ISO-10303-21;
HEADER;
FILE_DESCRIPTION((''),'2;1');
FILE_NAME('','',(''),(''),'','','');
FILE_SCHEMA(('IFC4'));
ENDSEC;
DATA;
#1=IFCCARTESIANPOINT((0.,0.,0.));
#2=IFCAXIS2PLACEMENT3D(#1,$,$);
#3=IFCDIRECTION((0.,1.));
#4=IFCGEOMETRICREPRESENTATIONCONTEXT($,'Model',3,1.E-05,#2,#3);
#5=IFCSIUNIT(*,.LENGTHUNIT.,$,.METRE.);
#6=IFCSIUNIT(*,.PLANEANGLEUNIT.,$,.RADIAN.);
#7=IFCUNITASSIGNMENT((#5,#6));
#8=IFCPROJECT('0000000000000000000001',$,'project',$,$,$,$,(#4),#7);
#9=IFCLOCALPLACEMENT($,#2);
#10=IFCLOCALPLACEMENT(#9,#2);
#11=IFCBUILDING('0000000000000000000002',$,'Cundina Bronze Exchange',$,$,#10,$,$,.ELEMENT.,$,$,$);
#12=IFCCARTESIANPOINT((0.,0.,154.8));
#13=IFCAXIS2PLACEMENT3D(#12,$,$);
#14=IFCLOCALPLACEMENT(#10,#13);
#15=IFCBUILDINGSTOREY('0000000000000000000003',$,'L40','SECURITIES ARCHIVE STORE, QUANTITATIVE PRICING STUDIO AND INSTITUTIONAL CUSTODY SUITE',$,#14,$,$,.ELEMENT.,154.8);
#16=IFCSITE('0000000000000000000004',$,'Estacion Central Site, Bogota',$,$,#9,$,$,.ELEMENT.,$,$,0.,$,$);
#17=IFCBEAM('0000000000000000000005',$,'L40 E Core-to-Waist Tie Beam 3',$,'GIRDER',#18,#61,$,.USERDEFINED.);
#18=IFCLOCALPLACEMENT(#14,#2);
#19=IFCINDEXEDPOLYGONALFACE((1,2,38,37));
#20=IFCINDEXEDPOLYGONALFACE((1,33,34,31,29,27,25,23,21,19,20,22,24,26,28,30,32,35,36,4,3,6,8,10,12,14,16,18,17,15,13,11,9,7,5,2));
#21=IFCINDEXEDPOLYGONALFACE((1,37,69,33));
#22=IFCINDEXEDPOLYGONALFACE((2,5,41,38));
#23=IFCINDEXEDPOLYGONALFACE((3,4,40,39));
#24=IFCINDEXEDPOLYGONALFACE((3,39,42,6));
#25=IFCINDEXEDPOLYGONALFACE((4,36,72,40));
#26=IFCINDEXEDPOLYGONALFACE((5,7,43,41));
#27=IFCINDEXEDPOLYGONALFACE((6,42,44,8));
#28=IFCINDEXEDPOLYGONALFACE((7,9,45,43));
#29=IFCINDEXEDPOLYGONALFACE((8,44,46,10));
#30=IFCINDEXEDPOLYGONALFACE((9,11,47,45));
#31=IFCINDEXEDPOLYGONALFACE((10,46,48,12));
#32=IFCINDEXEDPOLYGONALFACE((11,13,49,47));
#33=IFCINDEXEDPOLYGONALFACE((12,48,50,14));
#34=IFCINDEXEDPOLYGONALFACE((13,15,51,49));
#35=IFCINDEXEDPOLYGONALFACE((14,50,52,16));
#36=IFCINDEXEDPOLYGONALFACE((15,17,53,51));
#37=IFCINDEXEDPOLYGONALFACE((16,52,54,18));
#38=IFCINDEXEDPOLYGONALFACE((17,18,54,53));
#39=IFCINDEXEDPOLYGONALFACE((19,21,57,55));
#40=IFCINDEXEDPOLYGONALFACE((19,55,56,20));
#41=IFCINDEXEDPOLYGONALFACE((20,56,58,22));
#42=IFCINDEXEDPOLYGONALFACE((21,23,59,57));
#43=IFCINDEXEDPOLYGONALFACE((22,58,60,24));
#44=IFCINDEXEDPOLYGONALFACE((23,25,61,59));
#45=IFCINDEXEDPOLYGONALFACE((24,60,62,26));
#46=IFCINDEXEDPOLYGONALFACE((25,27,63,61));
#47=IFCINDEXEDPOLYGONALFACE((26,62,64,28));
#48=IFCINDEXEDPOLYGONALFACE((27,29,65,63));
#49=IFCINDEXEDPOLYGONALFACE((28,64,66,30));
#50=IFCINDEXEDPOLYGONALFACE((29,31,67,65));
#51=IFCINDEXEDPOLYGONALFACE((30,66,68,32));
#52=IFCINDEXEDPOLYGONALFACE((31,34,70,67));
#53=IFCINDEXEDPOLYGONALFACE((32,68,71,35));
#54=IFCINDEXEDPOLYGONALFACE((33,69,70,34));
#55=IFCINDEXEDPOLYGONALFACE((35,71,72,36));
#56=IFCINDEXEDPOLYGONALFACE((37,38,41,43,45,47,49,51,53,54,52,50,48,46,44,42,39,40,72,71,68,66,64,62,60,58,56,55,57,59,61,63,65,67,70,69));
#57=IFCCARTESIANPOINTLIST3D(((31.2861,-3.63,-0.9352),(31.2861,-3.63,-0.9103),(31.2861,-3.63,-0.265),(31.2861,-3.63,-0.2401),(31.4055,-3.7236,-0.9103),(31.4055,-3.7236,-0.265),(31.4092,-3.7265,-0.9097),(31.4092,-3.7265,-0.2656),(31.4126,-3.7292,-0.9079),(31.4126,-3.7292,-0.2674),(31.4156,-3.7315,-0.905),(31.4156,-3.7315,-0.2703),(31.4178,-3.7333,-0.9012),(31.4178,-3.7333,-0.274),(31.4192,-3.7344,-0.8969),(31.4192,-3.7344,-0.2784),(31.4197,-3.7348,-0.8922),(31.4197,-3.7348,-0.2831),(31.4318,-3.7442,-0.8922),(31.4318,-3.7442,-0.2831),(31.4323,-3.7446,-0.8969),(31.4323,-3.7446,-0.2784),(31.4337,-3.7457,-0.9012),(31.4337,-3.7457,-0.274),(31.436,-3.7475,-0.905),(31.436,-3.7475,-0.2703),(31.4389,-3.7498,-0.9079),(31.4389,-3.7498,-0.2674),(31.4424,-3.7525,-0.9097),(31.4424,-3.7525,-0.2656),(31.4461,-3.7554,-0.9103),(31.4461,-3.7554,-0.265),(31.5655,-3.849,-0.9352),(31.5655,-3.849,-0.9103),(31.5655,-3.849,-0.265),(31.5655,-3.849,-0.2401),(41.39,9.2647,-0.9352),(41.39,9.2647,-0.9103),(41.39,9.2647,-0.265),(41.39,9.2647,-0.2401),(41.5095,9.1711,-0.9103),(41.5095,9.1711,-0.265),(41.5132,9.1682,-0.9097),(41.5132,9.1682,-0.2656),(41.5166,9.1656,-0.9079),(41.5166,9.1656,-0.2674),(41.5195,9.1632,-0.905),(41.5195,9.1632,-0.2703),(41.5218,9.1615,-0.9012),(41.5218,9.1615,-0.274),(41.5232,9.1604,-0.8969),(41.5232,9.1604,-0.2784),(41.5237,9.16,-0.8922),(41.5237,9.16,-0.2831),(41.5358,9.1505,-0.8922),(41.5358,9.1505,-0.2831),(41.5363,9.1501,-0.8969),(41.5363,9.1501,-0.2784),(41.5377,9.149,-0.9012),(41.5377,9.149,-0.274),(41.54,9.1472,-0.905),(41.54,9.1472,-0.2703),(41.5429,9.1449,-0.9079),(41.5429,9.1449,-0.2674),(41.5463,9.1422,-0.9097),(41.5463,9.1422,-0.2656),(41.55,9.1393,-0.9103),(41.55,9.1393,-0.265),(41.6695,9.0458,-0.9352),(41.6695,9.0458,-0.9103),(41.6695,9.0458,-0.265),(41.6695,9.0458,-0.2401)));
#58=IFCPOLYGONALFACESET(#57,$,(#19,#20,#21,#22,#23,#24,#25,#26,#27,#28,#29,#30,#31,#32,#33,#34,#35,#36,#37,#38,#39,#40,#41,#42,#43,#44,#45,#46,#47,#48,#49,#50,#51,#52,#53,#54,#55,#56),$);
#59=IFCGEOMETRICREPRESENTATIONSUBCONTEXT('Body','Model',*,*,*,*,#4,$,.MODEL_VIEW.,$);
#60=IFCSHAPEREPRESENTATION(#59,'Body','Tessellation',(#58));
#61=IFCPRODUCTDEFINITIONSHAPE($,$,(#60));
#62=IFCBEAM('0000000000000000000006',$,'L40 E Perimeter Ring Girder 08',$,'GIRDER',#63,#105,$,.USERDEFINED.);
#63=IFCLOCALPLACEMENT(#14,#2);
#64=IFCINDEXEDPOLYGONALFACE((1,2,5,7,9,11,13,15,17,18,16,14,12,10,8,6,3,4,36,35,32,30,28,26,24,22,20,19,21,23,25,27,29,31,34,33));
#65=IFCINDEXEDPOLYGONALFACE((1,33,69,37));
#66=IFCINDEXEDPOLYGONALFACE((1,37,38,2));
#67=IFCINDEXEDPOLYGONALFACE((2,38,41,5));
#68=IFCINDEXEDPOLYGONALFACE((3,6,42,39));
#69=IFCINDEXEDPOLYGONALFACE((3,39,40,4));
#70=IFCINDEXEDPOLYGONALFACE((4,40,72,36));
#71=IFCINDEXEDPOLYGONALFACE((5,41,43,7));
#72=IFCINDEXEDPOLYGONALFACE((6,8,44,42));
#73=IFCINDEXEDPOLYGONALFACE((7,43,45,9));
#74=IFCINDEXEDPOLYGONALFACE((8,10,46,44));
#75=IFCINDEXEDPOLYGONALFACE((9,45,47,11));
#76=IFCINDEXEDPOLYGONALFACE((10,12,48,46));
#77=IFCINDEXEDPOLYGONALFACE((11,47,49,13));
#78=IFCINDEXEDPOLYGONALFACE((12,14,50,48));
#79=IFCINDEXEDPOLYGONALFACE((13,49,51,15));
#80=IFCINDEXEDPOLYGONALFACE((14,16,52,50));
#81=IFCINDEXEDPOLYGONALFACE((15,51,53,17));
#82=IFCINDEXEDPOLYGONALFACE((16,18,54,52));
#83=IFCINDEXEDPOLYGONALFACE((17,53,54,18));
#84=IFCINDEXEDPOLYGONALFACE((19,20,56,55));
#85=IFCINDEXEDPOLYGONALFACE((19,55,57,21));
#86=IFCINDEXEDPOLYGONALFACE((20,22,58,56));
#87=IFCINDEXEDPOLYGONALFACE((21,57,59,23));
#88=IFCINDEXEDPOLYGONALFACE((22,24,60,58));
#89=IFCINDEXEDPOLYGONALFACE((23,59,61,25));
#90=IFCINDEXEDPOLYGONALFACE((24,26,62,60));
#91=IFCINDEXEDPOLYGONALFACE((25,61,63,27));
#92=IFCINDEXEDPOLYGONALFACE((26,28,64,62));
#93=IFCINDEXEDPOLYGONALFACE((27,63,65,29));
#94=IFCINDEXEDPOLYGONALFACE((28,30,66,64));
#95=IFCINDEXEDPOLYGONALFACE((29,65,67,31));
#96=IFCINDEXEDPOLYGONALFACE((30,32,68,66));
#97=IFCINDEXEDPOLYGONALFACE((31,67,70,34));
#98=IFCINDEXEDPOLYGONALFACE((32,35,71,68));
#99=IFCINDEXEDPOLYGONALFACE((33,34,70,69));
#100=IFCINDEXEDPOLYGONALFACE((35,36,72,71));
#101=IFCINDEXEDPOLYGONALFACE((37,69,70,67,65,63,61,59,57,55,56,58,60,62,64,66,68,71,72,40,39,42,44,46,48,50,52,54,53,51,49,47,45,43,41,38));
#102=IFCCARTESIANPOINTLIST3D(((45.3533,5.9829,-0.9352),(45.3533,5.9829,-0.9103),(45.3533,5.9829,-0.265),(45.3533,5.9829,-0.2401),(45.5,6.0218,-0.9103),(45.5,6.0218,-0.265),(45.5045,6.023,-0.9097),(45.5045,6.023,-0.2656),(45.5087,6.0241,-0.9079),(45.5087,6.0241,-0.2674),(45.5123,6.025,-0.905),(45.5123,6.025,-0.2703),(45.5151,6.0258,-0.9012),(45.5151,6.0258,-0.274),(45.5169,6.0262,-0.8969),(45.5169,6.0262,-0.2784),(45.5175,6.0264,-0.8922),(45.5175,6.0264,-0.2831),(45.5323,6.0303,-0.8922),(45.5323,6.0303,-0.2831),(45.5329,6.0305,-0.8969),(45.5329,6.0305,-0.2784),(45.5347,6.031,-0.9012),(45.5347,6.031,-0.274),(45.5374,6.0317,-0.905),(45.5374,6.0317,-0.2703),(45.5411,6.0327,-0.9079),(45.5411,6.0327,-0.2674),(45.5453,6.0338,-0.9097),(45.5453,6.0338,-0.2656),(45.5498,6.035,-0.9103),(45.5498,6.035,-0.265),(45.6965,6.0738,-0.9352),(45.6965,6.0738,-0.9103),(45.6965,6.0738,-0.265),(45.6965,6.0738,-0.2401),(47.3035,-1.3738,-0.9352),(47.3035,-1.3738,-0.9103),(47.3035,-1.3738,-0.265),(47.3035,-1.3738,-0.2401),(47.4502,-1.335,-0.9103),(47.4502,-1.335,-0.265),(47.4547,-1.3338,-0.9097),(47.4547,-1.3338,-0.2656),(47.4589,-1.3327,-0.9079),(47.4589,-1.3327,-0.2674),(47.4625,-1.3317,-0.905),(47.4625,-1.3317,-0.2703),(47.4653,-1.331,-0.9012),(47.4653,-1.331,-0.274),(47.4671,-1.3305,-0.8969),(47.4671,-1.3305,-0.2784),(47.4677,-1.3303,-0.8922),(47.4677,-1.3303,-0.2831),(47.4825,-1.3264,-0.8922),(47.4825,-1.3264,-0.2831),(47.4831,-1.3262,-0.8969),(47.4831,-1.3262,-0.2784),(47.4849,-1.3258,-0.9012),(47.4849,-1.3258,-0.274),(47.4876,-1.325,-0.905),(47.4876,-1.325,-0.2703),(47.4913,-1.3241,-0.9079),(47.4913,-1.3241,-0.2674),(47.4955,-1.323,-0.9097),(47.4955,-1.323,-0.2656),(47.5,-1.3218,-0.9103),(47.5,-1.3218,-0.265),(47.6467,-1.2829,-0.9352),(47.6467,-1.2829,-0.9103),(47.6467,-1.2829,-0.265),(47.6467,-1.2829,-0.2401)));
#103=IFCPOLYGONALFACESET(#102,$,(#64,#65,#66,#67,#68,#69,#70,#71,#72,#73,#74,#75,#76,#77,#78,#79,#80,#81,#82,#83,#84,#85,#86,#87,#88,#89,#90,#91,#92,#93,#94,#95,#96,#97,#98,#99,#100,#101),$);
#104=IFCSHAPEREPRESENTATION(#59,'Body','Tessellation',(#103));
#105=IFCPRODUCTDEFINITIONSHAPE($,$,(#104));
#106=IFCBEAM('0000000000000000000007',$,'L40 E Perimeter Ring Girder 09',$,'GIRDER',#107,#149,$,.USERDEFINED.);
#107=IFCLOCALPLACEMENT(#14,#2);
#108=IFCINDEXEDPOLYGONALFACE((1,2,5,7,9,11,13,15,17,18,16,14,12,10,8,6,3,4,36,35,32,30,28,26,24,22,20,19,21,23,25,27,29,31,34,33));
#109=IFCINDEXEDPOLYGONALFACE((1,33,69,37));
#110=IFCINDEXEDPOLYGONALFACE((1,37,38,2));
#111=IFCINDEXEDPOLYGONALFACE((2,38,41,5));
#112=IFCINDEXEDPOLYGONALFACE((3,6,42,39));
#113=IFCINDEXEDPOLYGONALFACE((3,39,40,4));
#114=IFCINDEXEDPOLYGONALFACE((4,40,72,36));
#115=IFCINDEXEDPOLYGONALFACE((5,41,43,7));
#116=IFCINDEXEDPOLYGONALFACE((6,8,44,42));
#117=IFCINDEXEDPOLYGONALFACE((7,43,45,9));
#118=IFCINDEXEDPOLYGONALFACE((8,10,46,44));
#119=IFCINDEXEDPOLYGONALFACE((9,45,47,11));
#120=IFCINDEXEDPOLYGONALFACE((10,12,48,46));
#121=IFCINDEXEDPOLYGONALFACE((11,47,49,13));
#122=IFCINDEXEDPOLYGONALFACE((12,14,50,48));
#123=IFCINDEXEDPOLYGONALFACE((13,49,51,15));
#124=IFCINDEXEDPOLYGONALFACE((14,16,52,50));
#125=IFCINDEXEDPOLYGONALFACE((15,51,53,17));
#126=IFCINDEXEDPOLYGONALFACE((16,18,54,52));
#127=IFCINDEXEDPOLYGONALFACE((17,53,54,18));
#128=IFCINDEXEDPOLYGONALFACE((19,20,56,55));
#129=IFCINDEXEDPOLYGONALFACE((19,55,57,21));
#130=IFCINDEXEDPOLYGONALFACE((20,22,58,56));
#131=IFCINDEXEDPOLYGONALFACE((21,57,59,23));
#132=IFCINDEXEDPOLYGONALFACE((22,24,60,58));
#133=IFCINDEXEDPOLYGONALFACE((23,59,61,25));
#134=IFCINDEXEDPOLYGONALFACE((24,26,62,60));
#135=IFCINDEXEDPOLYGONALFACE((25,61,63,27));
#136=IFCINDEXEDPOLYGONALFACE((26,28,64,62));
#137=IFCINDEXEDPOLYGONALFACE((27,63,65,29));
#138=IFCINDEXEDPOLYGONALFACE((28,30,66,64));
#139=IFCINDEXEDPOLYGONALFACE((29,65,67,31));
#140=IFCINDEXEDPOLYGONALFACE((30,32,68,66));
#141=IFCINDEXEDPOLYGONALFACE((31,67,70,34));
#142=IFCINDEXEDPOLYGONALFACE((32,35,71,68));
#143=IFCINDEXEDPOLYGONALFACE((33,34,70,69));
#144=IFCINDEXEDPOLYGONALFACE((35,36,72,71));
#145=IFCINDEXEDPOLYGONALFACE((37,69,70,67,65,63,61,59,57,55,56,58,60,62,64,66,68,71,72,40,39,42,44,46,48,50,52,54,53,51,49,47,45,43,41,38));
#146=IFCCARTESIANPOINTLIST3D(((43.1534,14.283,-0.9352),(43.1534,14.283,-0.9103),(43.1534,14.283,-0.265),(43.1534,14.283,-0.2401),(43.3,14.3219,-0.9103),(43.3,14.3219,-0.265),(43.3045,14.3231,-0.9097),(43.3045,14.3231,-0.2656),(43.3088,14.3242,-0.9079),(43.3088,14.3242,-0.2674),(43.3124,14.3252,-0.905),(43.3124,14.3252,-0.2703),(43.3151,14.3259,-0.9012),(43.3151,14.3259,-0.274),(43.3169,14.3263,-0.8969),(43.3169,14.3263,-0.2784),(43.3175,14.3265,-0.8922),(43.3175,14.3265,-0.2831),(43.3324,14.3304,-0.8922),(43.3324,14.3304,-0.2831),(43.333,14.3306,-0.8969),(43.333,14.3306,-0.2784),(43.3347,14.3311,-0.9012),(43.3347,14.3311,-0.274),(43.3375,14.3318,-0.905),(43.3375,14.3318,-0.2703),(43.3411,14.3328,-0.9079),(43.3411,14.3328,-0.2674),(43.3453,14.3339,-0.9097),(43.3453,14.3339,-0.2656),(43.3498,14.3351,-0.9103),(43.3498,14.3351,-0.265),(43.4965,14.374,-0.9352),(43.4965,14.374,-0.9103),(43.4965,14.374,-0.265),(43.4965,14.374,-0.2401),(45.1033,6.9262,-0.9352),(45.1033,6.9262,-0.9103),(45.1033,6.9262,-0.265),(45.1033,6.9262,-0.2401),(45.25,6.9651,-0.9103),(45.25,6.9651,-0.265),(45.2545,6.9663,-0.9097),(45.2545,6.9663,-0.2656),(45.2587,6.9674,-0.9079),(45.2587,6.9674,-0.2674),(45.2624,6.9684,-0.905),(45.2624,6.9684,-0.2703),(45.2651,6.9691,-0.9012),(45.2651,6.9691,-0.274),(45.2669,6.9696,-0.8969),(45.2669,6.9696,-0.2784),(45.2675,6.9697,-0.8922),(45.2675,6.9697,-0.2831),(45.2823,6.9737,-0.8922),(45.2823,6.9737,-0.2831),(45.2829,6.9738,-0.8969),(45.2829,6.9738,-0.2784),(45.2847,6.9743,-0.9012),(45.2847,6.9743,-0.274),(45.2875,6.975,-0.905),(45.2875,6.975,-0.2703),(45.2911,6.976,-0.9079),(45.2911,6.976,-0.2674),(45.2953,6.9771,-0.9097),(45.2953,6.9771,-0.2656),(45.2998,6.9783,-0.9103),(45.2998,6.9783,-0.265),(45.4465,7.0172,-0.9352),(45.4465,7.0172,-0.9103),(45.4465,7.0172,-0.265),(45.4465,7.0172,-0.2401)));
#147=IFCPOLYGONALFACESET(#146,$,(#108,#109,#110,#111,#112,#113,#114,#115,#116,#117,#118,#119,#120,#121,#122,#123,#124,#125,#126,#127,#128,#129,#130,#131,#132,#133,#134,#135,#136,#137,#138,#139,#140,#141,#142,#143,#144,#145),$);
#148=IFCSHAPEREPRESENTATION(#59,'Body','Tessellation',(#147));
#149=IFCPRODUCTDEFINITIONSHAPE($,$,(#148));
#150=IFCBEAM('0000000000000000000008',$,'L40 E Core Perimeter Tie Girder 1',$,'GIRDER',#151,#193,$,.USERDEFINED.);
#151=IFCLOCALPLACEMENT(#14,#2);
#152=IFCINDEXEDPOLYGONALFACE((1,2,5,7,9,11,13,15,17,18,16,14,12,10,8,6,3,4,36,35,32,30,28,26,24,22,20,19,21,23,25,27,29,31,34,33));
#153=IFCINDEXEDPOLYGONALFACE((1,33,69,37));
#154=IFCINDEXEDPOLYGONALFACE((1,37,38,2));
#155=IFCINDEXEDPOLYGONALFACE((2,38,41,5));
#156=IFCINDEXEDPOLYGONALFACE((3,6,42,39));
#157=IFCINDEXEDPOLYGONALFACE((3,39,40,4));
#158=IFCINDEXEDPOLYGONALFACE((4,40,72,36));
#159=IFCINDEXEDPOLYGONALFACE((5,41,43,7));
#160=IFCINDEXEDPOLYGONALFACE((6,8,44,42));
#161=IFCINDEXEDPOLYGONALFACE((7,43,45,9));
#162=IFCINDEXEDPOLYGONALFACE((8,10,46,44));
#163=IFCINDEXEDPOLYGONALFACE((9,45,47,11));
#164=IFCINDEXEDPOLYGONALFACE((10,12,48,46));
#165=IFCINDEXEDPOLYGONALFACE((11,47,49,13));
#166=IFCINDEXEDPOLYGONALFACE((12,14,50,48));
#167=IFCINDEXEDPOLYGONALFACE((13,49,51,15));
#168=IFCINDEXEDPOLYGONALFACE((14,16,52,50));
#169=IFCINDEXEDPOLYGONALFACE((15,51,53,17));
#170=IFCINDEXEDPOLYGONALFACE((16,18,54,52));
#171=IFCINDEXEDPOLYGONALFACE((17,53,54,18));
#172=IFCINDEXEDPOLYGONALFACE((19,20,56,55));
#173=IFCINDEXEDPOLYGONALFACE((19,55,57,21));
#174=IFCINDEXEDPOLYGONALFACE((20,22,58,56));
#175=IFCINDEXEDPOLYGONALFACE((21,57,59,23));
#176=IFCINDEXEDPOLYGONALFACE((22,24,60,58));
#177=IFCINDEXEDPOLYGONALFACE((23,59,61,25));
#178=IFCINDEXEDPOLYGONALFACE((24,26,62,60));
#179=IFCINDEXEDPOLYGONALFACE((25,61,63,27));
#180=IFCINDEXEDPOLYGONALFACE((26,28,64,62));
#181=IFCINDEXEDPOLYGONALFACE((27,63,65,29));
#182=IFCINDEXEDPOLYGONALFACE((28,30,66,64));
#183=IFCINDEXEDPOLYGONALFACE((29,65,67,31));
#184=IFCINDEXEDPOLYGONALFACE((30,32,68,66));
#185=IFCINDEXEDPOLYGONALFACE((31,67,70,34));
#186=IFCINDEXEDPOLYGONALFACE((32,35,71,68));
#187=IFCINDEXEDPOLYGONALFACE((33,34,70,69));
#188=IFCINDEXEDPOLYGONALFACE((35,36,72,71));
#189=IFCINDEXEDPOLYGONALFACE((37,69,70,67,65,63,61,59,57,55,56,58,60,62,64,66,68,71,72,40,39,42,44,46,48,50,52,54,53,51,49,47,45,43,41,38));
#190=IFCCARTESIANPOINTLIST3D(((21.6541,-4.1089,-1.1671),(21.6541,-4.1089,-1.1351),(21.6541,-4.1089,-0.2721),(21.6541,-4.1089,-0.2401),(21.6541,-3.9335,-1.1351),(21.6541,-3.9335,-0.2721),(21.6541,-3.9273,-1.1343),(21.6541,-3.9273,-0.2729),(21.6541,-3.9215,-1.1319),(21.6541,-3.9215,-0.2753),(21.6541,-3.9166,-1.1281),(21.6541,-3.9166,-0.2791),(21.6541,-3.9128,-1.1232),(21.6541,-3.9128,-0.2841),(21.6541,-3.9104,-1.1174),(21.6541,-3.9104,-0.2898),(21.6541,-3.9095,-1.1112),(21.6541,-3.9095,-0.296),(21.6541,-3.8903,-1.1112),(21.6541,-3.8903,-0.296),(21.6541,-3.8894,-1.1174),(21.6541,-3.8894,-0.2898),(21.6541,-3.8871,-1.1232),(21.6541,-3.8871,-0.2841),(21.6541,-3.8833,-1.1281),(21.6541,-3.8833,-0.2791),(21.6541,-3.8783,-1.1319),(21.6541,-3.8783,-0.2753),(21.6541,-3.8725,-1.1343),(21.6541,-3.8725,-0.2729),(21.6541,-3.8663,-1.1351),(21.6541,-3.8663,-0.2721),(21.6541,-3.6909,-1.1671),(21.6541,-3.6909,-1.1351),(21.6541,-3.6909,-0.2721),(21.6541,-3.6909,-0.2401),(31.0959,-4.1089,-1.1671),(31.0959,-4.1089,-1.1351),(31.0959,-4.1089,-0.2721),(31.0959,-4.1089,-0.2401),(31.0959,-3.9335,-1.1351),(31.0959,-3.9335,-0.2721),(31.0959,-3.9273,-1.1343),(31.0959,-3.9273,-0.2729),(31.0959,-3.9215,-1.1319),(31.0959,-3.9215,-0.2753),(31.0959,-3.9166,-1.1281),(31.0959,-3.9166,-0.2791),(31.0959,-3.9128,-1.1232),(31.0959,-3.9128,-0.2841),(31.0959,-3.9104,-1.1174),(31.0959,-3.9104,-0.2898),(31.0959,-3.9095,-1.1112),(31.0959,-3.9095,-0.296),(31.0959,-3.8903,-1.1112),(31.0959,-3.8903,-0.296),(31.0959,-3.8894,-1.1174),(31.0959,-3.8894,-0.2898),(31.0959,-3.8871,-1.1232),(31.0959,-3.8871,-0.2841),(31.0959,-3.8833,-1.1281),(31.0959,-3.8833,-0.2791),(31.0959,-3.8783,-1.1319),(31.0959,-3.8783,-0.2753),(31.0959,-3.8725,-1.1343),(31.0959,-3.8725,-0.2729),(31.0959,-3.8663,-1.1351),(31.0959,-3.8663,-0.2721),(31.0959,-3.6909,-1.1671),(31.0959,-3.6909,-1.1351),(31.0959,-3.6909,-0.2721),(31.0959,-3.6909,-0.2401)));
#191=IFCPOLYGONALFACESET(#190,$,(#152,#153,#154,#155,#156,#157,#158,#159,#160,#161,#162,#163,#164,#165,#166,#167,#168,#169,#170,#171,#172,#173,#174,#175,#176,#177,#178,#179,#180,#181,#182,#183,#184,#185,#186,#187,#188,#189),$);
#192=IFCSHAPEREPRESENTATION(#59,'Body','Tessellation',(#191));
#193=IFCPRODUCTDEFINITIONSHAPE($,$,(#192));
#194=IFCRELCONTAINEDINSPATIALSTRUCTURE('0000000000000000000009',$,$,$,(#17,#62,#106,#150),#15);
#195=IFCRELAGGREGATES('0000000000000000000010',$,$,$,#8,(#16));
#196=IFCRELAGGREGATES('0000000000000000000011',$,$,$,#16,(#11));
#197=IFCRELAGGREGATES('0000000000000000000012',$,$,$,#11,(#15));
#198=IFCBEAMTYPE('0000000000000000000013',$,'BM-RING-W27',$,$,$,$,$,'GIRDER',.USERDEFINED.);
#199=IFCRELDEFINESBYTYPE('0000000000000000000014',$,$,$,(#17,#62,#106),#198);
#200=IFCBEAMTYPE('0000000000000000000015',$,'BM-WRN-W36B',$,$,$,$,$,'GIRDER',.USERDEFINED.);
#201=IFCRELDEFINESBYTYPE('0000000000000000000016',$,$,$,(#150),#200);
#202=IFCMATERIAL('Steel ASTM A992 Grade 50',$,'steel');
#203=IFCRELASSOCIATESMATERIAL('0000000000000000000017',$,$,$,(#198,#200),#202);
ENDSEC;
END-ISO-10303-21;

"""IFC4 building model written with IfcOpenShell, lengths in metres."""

from ifc_helpers import new_model, si_unit, direction, frame, origin, origin_2d, place, context, subcontext, project, spatial, i_section, extrude, material, material_profile, profile_set, type_object, element, save


model = new_model("IFC4")

# Units and contexts
model_context = context("Model", 3, precision=1e-05, world=origin(), true_north=direction((0.0, 1.0)))
body_context = subcontext(model_context, "Body", "Model", "MODEL_VIEW")
ifc_project = project(units=[si_unit("LENGTHUNIT", "METRE"), si_unit("PLANEANGLEUNIT", "RADIAN")], contexts=[model_context])

# Site, building, storey
site_placement = place(None, origin())
site = spatial("IfcSite", under=ifc_project, at=site_placement, Name="Estacion Central Site, Bogota", CompositionType="ELEMENT", RefElevation=0.0)
building_placement = place(site_placement, origin())
building = spatial("IfcBuilding", under=site, at=building_placement, Name="Cundina Bronze Exchange", CompositionType="ELEMENT")
storey_placement = place(building_placement, frame((0.0, 0.0, 154.8)))
storey = spatial("IfcBuildingStorey", under=building, at=storey_placement, Name="L40", Description="SECURITIES ARCHIVE STORE, QUANTITATIVE PRICING STUDIO AND INSTITUTIONAL CUSTODY SUITE", CompositionType="ELEMENT", Elevation=154.8)

# Shared definitions
ifc_material_1 = material(Name="Steel ASTM A992 Grade 50", Category="steel")

# Beams
ifc_material_profile_1 = material_profile(ifc_material_1, i_section(OverallWidth=0.355, OverallDepth=0.6951, WebThickness=0.0154, FlangeThickness=0.0249, FilletRadius=0.0181, at=origin_2d()), Name="W27X146", Category="steel")
ifc_profile_set_1 = profile_set([ifc_material_profile_1], Name="Steel ASTM A992 Grade 50")
beam_type_1 = type_object("IfcBeamType", Name="BM-RING-W27", ElementType="GIRDER", PredefinedType="USERDEFINED", material=ifc_profile_set_1)
beam_1_placement = place(storey_placement, frame((31.4258, -3.7395, -0.5876), z_axis=(0.616779, 0.787136, 0.0), x_axis=(-0.787136, 0.616779, 0.0)))
element("IfcBeam", 1, at=beam_1_placement, inside=storey, type_object=beam_type_1, Name="L40 E Core-to-Waist Tie Beam 3", ObjectType="GIRDER", PredefinedType="USERDEFINED", context=body_context, shape_type="SweptSolid", body=[
    extrude(i_section(OverallWidth=0.355, OverallDepth=0.6951, WebThickness=0.0154, FlangeThickness=0.0249, FilletRadius=0.0181, at=origin_2d()), origin(), (0.0, 0.0, 1.0), 16.3818),
])
for number, where, z_axis, x_axis, name in (
    (2, (47.4751, -1.3284, -0.5876), (-0.256241, 0.966613, 0.0), (-0.966613, -0.256241, 0.0), "L40 E Perimeter Ring Girder 08"),
    (3, (45.2749, 6.9717, -0.5876), (-0.256211, 0.966621, 0.0), (-0.966621, -0.256211, 0.0), "L40 E Perimeter Ring Girder 09"),
):
    element("IfcBeam", number, at=place(storey_placement, frame(where, z_axis=z_axis, x_axis=x_axis)), inside=storey, type_object=beam_type_1, Name=name, ObjectType="GIRDER", PredefinedType="USERDEFINED", context=body_context, shape_type="SweptSolid", body=[
        extrude(i_section(OverallWidth=0.355, OverallDepth=0.6951, WebThickness=0.0154, FlangeThickness=0.0249, FilletRadius=0.0181, at=origin_2d()), origin(), (0.0, 0.0, 1.0), 7.6108),
    ])
ifc_material_profile_2 = material_profile(ifc_material_1, i_section(OverallWidth=0.418, OverallDepth=0.927, WebThickness=0.0193, FlangeThickness=0.032, FilletRadius=0.0239, at=origin_2d()), Name="W36X231", Category="steel")
ifc_profile_set_2 = profile_set([ifc_material_profile_2], Name="Steel ASTM A992 Grade 50")
beam_type_2 = type_object("IfcBeamType", Name="BM-WRN-W36B", ElementType="GIRDER", PredefinedType="USERDEFINED", material=ifc_profile_set_2)
beam_2_placement = place(storey_placement, frame((31.0959, -3.8999, -0.7036), z_axis=(-1.0, 0.0, 0.0), x_axis=(0.0, -1.0, 0.0)))
element("IfcBeam", 4, at=beam_2_placement, inside=storey, type_object=beam_type_2, Name="L40 E Core Perimeter Tie Girder 1", ObjectType="GIRDER", PredefinedType="USERDEFINED", context=body_context, shape_type="SweptSolid", body=[
    extrude(i_section(OverallWidth=0.418, OverallDepth=0.927, WebThickness=0.0193, FlangeThickness=0.032, FilletRadius=0.0239, at=origin_2d()), origin(), (0.0, 0.0, 1.0), 9.4419),
])

save(model, "model.ifc")
